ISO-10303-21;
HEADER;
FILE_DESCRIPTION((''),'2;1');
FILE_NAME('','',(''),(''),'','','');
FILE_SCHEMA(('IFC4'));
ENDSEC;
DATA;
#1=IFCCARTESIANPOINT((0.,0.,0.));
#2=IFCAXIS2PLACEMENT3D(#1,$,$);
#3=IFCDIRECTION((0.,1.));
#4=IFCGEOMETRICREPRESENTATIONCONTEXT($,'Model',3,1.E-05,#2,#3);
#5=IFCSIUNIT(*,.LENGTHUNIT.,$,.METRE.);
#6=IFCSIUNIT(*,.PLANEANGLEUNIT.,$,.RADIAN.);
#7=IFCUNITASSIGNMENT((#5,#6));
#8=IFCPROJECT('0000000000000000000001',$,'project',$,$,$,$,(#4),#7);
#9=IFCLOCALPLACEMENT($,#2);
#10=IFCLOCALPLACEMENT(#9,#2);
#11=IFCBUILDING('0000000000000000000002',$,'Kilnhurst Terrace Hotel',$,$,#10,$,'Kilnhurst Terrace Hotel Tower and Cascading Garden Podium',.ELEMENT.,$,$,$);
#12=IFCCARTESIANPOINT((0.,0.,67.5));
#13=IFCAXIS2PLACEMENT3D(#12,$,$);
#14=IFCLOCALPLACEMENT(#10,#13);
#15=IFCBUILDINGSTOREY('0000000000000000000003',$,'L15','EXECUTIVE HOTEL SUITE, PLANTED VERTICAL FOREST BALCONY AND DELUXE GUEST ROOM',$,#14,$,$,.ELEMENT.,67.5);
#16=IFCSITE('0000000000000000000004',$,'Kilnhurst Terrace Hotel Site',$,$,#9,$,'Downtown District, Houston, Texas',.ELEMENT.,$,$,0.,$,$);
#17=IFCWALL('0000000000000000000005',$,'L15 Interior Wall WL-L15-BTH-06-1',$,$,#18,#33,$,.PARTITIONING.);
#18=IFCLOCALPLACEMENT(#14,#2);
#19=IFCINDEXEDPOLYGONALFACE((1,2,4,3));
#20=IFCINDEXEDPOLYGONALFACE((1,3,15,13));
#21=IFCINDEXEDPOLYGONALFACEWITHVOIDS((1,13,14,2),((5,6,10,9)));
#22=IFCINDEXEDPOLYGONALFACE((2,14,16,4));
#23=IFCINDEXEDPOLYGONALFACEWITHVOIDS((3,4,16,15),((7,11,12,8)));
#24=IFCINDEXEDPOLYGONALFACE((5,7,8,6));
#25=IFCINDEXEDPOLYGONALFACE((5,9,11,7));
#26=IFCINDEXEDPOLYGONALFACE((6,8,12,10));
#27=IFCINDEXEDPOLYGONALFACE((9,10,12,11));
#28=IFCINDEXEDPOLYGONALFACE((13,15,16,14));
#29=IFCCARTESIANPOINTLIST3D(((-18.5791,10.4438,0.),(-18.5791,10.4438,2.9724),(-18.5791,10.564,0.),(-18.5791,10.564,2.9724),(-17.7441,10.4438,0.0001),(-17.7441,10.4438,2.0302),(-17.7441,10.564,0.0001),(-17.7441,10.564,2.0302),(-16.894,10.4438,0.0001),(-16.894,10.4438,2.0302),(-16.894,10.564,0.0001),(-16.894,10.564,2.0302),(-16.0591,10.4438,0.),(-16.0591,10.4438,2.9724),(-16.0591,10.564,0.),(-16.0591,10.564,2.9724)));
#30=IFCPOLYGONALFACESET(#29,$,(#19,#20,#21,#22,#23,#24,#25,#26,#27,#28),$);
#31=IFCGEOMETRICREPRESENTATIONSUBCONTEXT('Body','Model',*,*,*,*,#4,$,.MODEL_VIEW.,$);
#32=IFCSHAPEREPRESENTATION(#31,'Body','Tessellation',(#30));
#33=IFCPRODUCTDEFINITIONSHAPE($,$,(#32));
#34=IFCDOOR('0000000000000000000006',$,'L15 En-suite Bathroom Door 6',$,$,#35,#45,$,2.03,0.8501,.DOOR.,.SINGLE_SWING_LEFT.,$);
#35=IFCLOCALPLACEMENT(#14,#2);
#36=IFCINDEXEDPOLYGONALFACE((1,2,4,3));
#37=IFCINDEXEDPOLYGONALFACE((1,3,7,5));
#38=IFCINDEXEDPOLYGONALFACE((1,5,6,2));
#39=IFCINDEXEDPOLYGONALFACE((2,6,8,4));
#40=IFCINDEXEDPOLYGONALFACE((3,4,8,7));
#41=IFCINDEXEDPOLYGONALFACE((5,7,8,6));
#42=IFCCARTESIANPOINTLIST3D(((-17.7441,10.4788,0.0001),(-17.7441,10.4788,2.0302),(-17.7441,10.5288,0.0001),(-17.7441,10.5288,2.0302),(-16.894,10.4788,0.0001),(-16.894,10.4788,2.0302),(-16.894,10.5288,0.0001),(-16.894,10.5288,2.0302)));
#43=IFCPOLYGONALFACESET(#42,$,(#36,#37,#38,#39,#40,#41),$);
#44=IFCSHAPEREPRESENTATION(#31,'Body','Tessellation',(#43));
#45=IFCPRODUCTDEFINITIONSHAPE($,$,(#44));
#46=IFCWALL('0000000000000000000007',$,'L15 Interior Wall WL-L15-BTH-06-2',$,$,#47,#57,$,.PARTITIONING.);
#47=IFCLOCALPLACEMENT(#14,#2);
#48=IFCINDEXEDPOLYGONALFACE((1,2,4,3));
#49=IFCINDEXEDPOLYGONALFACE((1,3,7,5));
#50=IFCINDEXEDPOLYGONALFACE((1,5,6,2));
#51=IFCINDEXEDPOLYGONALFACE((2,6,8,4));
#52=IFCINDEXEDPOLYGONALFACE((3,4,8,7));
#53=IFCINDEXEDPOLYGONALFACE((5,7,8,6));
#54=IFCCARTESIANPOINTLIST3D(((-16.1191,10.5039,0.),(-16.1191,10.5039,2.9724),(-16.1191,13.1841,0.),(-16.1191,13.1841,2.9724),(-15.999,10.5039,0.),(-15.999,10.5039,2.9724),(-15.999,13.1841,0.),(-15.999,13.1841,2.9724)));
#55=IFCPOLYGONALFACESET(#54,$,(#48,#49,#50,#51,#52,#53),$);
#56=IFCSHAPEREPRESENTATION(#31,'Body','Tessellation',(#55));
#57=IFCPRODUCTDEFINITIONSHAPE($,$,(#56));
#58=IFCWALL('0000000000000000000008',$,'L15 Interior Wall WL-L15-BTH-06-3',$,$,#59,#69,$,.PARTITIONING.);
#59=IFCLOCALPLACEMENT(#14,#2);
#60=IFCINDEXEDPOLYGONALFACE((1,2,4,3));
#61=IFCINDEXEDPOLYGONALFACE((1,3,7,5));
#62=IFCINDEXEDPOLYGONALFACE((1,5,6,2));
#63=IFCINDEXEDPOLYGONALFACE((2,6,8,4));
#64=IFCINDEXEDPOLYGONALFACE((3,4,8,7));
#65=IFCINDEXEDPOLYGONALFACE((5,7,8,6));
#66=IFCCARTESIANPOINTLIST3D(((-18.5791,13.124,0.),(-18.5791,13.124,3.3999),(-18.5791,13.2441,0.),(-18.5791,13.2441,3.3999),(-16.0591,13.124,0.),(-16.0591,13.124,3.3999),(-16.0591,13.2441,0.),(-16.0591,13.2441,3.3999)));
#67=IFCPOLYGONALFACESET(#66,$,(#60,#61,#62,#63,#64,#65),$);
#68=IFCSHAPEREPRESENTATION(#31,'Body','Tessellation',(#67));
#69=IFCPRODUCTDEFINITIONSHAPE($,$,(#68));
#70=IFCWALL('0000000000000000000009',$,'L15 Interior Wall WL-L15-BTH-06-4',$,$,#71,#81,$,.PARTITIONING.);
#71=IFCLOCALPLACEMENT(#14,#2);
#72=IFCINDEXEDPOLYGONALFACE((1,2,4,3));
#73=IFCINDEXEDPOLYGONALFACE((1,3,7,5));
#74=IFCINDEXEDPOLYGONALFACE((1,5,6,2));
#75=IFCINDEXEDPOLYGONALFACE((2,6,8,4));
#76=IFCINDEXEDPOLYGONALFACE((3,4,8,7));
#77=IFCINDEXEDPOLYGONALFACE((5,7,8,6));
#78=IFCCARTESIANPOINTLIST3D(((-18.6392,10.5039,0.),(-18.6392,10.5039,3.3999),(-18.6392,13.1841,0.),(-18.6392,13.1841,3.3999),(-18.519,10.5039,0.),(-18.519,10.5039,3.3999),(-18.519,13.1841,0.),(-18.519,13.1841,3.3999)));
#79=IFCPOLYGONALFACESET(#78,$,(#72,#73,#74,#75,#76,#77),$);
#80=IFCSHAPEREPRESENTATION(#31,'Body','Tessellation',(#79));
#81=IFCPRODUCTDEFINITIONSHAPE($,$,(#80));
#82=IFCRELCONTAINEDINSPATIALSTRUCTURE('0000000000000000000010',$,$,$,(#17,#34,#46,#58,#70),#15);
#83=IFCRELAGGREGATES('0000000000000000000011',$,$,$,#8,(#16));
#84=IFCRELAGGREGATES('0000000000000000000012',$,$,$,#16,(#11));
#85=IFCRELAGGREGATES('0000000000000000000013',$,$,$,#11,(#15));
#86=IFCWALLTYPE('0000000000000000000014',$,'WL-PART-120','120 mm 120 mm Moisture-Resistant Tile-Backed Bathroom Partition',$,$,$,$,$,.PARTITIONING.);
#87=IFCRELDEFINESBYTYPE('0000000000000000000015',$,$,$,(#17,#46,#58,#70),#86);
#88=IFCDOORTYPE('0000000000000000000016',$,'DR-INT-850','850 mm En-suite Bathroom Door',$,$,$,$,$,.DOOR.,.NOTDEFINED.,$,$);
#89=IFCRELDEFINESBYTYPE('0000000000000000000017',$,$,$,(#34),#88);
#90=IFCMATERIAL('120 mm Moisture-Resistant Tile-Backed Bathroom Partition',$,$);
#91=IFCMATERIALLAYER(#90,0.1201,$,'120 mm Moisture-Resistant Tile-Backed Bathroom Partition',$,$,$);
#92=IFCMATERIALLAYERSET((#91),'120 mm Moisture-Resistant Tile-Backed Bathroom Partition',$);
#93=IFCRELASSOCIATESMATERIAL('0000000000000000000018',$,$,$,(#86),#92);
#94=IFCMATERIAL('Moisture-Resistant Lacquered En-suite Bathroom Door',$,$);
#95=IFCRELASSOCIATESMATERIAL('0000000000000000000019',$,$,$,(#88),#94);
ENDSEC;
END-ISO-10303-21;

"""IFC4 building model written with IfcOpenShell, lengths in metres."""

from ifc_helpers import new_model, si_unit, direction, frame, frame_2d, origin, place, context, subcontext, project, spatial, rectangle, extrude, material, layer, layer_set, type_object, element, fill, save


model = new_model("IFC4")

# Units and contexts
model_context = context("Model", 3, precision=1e-05, world=origin(), true_north=direction((0.0, 1.0)))
body_context = subcontext(model_context, "Body", "Model", "MODEL_VIEW")
ifc_project = project(units=[si_unit("LENGTHUNIT", "METRE"), si_unit("PLANEANGLEUNIT", "RADIAN")], contexts=[model_context])

# Site, building, storey
site_placement = place(None, origin())
site = spatial("IfcSite", under=ifc_project, at=site_placement, Name="Kilnhurst Terrace Hotel Site", LongName="Downtown District, Houston, Texas", CompositionType="ELEMENT", RefElevation=0.0)
building_placement = place(site_placement, origin())
building = spatial("IfcBuilding", under=site, at=building_placement, Name="Kilnhurst Terrace Hotel", LongName="Kilnhurst Terrace Hotel Tower and Cascading Garden Podium", CompositionType="ELEMENT")
storey_placement = place(building_placement, frame((0.0, 0.0, 67.5)))
storey = spatial("IfcBuildingStorey", under=building, at=storey_placement, Name="L15", Description="EXECUTIVE HOTEL SUITE, PLANTED VERTICAL FOREST BALCONY AND DELUXE GUEST ROOM", CompositionType="ELEMENT", Elevation=67.5)

# Wall, opening, door
ifc_material_1 = material(Name="120 mm Moisture-Resistant Tile-Backed Bathroom Partition")
ifc_layer_1 = layer(ifc_material_1, 0.1201, Name="120 mm Moisture-Resistant Tile-Backed Bathroom Partition")
ifc_layer_set_1 = layer_set([ifc_layer_1], Name="120 mm Moisture-Resistant Tile-Backed Bathroom Partition")
wall_type_1 = type_object("IfcWallType", Name="WL-PART-120", Description="120 mm 120 mm Moisture-Resistant Tile-Backed Bathroom Partition", PredefinedType="PARTITIONING", material=ifc_layer_set_1)
ifc_material_2 = material(Name="Moisture-Resistant Lacquered En-suite Bathroom Door")
door_type_1 = type_object("IfcDoorType", Name="DR-INT-850", Description="850 mm En-suite Bathroom Door", OperationType="NOTDEFINED", PredefinedType="DOOR", material=ifc_material_2)
wall_1_placement = place(storey_placement, frame((-18.5791, 10.5039, 0.0), z_axis=(0.0, 0.0, 1.0), x_axis=(1.0, 0.0, 0.0)))
wall_1 = element("IfcWall", 1, at=wall_1_placement, inside=storey, type_object=wall_type_1, Name="L15 Interior Wall WL-L15-BTH-06-1", PredefinedType="PARTITIONING", context=body_context, shape_type="SweptSolid", body=[
    extrude(rectangle(XDim=2.52, YDim=0.1201, at=frame_2d((1.26, 0.0))), origin(), (0.0, 0.0, 1.0), 2.9724),
])
opening_1_placement = place(wall_1_placement, frame((0.835, 0.0, 0.0)))
opening_1 = element("IfcOpeningElement", 2, at=opening_1_placement, cuts=wall_1, PredefinedType="OPENING", context=body_context, shape_type="SweptSolid", body=[
    extrude(rectangle(XDim=0.8501, YDim=2.03, at=frame_2d((0.425, 1.0151))), frame((0.0, 0.0701, 0.0), z_axis=(0.0, -1.0, 0.0), x_axis=(1.0, 0.0, 0.0)), (0.0, 0.0, 1.0), 0.1401),
])
door_1_placement = place(opening_1_placement, origin())
door_1 = element("IfcDoor", 3, at=door_1_placement, inside=storey, type_object=door_type_1, Name="L15 En-suite Bathroom Door 6", OperationType="SINGLE_SWING_LEFT", OverallHeight=2.03, OverallWidth=0.8501, PredefinedType="DOOR", context=body_context, shape_type="SweptSolid", body=[
    extrude(rectangle(XDim=0.8501, YDim=2.03, at=frame_2d((0.425, 1.0151))), frame((0.0, 0.0249, 0.0), z_axis=(0.0, -1.0, 0.0), x_axis=(1.0, 0.0, 0.0)), (0.0, 0.0, 1.0), 0.05),
])
fill(opening_1, door_1)

# Walls
wall_2_placement = place(storey_placement, frame((-16.0591, 10.5039, 0.0), z_axis=(0.0, 0.0, 1.0), x_axis=(0.0, 1.0, 0.0)))
element("IfcWall", 4, at=wall_2_placement, inside=storey, type_object=wall_type_1, Name="L15 Interior Wall WL-L15-BTH-06-2", PredefinedType="PARTITIONING", context=body_context, shape_type="SweptSolid", body=[
    extrude(rectangle(XDim=2.6802, YDim=0.1201, at=frame_2d((1.3401, 0.0))), origin(), (0.0, 0.0, 1.0), 2.9724),
])
wall_3_placement = place(storey_placement, frame((-16.0591, 13.1841, 0.0), z_axis=(0.0, 0.0, 1.0), x_axis=(-1.0, 0.0, 0.0)))
element("IfcWall", 5, at=wall_3_placement, inside=storey, type_object=wall_type_1, Name="L15 Interior Wall WL-L15-BTH-06-3", PredefinedType="PARTITIONING", context=body_context, shape_type="SweptSolid", body=[
    extrude(rectangle(XDim=2.52, YDim=0.1201, at=frame_2d((1.26, 0.0))), origin(), (0.0, 0.0, 1.0), 3.3999),
])
wall_4_placement = place(storey_placement, frame((-18.5791, 13.1841, 0.0), z_axis=(0.0, 0.0, 1.0), x_axis=(0.0, -1.0, 0.0)))
element("IfcWall", 6, at=wall_4_placement, inside=storey, type_object=wall_type_1, Name="L15 Interior Wall WL-L15-BTH-06-4", PredefinedType="PARTITIONING", context=body_context, shape_type="SweptSolid", body=[
    extrude(rectangle(XDim=2.6802, YDim=0.1201, at=frame_2d((1.3401, 0.0))), origin(), (0.0, 0.0, 1.0), 3.3999),
])

save(model, "model.ifc")
